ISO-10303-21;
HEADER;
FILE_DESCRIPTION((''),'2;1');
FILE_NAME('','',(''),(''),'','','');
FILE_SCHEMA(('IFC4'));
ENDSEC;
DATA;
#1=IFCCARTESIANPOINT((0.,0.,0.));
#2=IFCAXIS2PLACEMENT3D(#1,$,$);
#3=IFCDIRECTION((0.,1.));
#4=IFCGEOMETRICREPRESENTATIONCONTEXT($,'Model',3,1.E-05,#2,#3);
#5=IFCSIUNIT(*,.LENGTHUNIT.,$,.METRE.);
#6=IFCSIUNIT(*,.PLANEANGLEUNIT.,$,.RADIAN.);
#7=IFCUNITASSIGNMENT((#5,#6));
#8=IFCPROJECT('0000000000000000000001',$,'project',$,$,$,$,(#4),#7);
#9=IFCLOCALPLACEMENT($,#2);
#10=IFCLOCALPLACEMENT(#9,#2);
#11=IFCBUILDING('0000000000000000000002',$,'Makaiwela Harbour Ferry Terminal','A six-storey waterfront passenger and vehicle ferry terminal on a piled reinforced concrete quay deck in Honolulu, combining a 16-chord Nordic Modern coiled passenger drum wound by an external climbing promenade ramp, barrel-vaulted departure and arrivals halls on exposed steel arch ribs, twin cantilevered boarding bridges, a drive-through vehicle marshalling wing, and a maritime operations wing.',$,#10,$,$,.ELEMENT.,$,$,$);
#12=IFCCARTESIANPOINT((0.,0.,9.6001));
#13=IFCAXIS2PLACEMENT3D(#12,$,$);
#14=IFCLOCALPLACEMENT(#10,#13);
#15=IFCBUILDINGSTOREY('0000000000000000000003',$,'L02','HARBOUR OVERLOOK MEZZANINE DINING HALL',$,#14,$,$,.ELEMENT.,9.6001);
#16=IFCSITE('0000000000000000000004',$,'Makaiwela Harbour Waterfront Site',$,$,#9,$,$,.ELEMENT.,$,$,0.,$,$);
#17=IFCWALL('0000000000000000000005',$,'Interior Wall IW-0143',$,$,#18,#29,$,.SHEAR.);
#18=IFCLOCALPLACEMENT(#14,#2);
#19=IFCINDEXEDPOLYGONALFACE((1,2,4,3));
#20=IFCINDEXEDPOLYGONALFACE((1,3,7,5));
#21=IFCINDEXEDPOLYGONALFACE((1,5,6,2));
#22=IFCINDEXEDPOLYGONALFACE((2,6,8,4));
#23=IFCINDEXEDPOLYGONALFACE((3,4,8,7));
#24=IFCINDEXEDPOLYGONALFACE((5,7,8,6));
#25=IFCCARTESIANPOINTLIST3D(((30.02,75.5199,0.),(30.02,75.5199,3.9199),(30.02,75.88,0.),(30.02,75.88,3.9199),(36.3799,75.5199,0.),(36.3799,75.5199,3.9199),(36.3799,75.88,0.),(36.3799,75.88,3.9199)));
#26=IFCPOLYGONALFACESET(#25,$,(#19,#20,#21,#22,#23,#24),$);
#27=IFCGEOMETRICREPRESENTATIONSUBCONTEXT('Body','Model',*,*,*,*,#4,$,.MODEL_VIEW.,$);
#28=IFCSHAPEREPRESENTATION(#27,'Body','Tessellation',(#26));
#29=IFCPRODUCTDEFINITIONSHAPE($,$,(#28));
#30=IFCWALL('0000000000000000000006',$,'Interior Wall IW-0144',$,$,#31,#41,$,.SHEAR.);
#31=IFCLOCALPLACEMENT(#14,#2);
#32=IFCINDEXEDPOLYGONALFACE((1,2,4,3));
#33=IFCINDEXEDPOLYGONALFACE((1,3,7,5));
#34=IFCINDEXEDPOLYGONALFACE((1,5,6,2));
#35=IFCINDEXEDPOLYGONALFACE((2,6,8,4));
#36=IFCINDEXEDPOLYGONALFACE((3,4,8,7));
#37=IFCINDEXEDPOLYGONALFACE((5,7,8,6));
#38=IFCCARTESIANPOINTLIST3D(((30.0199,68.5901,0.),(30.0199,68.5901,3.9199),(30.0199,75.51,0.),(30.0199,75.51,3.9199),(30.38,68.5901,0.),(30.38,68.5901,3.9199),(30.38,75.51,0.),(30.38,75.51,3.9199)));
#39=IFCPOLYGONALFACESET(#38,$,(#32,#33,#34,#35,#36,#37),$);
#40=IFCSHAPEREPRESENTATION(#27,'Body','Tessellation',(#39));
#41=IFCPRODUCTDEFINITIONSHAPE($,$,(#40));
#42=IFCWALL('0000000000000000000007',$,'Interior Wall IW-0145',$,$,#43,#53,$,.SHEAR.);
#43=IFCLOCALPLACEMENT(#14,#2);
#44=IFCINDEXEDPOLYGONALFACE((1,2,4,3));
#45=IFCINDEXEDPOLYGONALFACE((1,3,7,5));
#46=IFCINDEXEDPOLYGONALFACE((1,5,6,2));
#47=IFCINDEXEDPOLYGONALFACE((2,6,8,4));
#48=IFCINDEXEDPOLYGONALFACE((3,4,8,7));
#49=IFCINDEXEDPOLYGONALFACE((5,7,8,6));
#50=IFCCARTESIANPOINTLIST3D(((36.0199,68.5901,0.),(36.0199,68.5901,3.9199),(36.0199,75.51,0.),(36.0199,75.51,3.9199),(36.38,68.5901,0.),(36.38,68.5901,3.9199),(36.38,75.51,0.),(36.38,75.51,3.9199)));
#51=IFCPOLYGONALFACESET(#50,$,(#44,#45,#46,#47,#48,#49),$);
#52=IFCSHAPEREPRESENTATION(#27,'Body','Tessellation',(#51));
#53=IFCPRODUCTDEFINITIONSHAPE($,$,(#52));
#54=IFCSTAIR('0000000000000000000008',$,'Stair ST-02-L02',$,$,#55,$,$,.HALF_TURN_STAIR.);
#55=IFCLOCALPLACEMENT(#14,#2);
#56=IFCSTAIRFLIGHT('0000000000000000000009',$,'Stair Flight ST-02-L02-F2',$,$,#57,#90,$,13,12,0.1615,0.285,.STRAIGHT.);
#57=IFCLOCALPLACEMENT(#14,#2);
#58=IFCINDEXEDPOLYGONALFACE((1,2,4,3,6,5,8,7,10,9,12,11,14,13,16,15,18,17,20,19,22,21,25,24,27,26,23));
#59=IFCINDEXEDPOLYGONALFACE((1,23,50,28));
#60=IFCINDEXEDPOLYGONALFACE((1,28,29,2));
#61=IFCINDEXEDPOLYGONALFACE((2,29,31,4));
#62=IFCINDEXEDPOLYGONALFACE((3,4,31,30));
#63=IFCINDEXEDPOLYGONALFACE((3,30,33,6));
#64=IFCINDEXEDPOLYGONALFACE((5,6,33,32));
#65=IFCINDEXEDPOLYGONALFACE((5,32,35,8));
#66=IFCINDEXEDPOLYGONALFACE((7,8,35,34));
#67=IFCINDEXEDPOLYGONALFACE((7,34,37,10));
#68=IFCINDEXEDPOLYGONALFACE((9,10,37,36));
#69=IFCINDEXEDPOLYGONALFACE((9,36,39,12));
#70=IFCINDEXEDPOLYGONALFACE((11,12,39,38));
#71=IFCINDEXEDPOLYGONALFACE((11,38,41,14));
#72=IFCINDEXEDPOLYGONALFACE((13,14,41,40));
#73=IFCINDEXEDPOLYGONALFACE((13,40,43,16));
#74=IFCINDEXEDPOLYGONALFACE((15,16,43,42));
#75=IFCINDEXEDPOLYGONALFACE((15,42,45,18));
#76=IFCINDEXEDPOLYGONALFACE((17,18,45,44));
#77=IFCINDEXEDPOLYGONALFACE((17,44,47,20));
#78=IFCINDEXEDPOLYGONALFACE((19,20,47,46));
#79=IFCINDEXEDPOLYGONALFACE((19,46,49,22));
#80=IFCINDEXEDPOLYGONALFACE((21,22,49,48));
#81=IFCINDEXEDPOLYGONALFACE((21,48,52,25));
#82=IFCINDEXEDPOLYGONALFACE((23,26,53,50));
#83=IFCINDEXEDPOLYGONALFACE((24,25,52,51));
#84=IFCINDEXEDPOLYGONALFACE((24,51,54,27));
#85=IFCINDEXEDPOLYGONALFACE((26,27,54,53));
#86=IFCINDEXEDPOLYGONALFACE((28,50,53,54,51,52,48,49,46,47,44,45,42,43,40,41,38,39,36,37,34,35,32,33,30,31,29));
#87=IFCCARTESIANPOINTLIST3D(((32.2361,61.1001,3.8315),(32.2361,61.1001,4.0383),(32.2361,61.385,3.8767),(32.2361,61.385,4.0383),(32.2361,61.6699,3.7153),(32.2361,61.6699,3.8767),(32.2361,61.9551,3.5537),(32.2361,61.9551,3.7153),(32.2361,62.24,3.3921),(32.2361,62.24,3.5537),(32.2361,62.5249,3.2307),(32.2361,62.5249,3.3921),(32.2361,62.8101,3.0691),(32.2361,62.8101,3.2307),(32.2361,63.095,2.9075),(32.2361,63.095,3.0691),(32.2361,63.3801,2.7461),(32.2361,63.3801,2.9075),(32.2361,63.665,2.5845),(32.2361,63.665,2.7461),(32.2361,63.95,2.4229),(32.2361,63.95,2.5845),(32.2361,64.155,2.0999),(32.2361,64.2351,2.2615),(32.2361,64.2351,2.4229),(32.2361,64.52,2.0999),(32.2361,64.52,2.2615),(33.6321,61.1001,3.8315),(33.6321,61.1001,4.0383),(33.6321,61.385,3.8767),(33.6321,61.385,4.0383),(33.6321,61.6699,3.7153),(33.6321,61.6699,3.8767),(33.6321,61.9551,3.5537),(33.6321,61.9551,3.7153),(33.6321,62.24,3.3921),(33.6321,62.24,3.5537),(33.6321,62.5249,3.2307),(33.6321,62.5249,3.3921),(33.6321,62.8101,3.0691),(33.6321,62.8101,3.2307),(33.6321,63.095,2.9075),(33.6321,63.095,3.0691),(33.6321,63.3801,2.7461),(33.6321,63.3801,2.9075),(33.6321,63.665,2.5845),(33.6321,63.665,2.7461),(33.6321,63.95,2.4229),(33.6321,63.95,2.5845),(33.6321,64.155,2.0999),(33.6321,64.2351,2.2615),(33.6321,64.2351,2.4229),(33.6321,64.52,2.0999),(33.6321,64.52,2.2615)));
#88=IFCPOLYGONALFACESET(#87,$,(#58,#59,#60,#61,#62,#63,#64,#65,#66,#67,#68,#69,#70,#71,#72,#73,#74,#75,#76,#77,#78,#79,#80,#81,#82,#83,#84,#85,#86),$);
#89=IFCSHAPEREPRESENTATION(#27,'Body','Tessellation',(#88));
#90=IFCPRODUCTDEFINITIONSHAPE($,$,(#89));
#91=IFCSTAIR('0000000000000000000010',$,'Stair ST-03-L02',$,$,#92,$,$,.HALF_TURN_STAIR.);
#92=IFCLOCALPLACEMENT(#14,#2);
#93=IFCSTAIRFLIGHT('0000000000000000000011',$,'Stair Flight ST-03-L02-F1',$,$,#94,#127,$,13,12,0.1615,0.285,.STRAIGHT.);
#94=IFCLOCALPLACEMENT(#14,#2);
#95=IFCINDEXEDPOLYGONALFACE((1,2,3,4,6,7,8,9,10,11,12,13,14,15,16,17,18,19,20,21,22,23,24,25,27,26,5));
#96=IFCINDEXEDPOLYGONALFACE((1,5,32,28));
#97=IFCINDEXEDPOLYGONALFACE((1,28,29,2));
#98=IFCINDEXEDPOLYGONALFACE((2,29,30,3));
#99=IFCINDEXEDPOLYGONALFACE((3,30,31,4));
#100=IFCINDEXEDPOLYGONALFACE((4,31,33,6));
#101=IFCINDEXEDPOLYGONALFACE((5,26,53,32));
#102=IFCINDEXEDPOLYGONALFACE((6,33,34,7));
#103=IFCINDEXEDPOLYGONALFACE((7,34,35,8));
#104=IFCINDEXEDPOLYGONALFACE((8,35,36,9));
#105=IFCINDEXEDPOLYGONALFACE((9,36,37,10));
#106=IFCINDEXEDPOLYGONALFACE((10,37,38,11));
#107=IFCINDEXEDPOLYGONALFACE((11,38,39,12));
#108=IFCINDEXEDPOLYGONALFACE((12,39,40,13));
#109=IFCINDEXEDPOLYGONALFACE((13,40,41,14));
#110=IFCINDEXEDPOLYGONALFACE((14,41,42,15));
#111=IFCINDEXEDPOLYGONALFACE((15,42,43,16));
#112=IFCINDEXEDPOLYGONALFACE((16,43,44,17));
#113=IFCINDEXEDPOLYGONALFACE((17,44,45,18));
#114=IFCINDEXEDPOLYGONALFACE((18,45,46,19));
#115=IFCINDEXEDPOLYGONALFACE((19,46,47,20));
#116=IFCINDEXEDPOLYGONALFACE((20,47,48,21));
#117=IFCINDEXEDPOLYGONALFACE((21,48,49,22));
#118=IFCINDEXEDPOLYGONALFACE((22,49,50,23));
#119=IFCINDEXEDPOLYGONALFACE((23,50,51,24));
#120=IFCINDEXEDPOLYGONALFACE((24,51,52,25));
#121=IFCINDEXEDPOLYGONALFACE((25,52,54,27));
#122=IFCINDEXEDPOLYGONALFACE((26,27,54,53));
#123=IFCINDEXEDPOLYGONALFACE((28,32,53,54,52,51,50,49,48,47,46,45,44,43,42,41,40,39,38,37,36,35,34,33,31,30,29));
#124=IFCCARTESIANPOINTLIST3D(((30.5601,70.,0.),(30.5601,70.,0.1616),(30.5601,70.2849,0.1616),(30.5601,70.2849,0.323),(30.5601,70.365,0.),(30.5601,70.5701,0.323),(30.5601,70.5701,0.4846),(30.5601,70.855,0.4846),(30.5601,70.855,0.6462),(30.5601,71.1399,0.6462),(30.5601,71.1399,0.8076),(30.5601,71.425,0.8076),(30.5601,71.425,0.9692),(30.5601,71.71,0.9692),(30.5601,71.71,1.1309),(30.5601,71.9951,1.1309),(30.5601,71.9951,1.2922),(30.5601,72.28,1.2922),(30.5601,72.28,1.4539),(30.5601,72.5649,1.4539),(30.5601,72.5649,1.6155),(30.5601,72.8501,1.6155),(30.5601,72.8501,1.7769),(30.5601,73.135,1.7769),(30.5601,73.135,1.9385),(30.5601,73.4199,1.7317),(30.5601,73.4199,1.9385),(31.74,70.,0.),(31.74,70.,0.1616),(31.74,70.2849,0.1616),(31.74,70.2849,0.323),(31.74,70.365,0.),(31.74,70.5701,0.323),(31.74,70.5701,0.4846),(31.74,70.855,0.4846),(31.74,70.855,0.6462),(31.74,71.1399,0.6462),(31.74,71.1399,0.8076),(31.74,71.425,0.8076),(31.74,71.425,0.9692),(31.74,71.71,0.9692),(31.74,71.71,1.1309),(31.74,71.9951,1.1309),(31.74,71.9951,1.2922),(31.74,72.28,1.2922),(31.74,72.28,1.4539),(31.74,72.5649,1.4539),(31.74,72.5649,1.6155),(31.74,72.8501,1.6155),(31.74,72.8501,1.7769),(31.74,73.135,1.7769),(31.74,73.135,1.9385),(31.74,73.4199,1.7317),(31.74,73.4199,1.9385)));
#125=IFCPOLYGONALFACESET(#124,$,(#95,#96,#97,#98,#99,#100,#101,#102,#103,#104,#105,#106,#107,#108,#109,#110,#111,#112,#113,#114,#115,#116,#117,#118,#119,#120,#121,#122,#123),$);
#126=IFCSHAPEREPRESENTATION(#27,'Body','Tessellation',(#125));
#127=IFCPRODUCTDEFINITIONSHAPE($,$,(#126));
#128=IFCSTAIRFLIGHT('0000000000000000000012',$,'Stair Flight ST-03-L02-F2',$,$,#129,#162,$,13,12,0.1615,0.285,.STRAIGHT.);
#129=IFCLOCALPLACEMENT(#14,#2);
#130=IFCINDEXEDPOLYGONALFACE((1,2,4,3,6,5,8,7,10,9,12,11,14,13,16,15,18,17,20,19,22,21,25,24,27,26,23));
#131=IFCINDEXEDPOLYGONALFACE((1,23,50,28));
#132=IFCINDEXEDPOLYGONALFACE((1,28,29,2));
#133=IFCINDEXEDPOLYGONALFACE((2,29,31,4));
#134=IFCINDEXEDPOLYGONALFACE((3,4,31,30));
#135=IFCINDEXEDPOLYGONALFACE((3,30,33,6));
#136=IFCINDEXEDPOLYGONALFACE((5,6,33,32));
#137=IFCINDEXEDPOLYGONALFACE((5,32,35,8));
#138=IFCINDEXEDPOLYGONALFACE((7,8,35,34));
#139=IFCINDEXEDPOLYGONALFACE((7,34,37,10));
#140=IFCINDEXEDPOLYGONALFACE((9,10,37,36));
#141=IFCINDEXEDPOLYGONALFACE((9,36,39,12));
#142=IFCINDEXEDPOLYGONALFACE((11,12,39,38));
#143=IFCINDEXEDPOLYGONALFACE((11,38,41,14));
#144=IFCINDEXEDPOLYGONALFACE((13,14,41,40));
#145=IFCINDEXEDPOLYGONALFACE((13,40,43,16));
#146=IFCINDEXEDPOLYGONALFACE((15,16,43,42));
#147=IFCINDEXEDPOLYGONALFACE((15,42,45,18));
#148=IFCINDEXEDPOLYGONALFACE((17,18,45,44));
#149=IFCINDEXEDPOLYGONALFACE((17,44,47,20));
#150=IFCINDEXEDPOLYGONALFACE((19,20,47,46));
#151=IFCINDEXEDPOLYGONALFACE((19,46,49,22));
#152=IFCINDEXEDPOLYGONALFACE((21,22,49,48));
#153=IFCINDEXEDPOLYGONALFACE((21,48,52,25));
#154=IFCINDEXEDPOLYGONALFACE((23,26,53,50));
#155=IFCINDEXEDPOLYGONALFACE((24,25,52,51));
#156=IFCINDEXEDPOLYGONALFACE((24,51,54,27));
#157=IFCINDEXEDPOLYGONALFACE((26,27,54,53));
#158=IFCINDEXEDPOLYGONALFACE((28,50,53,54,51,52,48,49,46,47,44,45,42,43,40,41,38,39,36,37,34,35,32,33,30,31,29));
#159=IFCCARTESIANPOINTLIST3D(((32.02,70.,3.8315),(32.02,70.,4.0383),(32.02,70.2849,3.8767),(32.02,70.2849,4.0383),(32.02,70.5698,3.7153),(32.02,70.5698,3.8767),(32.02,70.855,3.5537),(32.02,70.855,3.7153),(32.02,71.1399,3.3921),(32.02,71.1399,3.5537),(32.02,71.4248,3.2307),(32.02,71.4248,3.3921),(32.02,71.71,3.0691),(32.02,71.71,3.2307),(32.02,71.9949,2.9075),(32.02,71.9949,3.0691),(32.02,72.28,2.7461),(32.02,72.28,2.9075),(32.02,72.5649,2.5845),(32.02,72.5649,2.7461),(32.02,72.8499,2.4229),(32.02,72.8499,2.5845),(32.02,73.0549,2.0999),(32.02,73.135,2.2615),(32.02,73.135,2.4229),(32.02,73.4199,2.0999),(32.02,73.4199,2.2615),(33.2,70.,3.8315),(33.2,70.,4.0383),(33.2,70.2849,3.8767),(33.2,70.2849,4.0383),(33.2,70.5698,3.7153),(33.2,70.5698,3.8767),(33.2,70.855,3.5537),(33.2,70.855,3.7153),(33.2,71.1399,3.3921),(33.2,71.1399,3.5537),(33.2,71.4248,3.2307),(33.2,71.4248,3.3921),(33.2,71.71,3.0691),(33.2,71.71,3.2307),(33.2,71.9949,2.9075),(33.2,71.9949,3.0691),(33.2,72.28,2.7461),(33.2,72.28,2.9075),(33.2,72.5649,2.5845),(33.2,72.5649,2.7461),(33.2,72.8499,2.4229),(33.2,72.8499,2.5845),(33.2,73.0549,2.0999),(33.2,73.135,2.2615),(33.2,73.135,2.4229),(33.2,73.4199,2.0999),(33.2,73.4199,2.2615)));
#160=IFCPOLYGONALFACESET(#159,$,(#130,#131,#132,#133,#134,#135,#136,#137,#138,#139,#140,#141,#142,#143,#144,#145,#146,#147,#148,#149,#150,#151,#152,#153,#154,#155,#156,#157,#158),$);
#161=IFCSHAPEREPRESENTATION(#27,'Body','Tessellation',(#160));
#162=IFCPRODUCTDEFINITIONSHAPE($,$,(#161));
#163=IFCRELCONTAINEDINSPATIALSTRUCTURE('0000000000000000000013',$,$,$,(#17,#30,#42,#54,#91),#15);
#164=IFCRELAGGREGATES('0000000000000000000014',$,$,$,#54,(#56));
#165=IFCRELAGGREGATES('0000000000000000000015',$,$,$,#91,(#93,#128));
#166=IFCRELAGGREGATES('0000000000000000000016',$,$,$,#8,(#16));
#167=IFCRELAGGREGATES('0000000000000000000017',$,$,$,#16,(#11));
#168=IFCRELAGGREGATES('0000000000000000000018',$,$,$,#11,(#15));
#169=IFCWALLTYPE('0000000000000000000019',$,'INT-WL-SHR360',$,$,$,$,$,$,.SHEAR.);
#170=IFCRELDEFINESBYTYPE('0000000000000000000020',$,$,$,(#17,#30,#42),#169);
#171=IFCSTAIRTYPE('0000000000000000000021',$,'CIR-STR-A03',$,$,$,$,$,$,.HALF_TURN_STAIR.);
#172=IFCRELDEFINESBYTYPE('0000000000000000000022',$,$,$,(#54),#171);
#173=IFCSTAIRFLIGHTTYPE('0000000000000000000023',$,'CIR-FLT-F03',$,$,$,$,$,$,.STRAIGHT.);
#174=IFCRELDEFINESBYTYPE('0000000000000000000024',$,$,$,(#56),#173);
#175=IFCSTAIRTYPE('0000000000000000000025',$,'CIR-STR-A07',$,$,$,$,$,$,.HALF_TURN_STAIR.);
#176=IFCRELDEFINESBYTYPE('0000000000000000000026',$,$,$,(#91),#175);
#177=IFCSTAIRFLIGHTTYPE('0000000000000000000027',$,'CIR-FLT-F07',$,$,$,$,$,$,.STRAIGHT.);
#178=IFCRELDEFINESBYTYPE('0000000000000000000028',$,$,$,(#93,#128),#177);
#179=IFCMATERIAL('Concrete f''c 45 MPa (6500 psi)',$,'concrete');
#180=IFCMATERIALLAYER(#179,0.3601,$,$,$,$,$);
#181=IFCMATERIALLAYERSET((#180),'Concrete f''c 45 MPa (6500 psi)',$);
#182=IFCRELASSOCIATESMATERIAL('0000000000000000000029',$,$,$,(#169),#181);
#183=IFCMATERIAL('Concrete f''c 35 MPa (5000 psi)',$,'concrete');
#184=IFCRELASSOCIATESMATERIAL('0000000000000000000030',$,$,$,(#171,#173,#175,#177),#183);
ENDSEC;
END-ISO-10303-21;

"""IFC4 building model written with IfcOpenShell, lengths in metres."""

from ifc_helpers import new_model, si_unit, direction, frame, frame_2d, origin, place, context, subcontext, project, spatial, polyline, rectangle, outline, extrude, material, layer, layer_set, type_object, element, aggregate, save


model = new_model("IFC4")

# Units and contexts
model_context = context("Model", 3, precision=1e-05, world=origin(), true_north=direction((0.0, 1.0)))
body_context = subcontext(model_context, "Body", "Model", "MODEL_VIEW")
ifc_project = project(units=[si_unit("LENGTHUNIT", "METRE"), si_unit("PLANEANGLEUNIT", "RADIAN")], contexts=[model_context])

# Site, building, storey
site_placement = place(None, origin())
site = spatial("IfcSite", under=ifc_project, at=site_placement, Name="Makaiwela Harbour Waterfront Site", CompositionType="ELEMENT", RefElevation=0.0)
building_placement = place(site_placement, origin())
building = spatial("IfcBuilding", under=site, at=building_placement, Name="Makaiwela Harbour Ferry Terminal", Description="A six-storey waterfront passenger and vehicle ferry terminal on a piled reinforced concrete quay deck in Honolulu, combining a 16-chord Nordic Modern coiled passenger drum wound by an external climbing promenade ramp, barrel-vaulted departure and arrivals halls on exposed steel arch ribs, twin cantilevered boarding bridges, a drive-through vehicle marshalling wing, and a maritime operations wing.", CompositionType="ELEMENT")
storey_placement = place(building_placement, frame((0.0, 0.0, 9.6001)))
storey = spatial("IfcBuildingStorey", under=building, at=storey_placement, Name="L02", Description="HARBOUR OVERLOOK MEZZANINE DINING HALL", CompositionType="ELEMENT", Elevation=9.6001)

# Shared definitions
ifc_material_1 = material(Name="Concrete f'c 45 MPa (6500 psi)", Category="concrete")

# Shared definitions
ifc_layer_1 = layer(ifc_material_1, 0.3601)
ifc_layer_set_1 = layer_set([ifc_layer_1], Name="Concrete f'c 45 MPa (6500 psi)")
wall_type_1 = type_object("IfcWallType", Name="INT-WL-SHR360", PredefinedType="SHEAR", material=ifc_layer_set_1)

# Walls
wall_1_placement = place(storey_placement, frame((30.02, 75.7, 0.0), z_axis=(0.0, 0.0, 1.0), x_axis=(1.0, 0.0, 0.0)))
element("IfcWall", 1, at=wall_1_placement, inside=storey, type_object=wall_type_1, Name="Interior Wall IW-0143", PredefinedType="SHEAR", context=body_context, shape_type="SweptSolid", body=[
    extrude(rectangle(XDim=6.3599, YDim=0.3601, at=frame_2d((3.1799, 0.0))), origin(), (0.0, 0.0, 1.0), 3.9199),
])
for number, where, z_axis, x_axis, name in (
    (2, (30.2, 68.5901, 0.0), (0.0, 0.0, 1.0), (0.0, 1.0, 0.0), "Interior Wall IW-0144"),
    (3, (36.2, 68.5901, 0.0), (0.0, 0.0, 1.0), (0.0, 1.0, 0.0), "Interior Wall IW-0145"),
):
    element("IfcWall", number, at=place(storey_placement, frame(where, z_axis=z_axis, x_axis=x_axis)), inside=storey, type_object=wall_type_1, Name=name, PredefinedType="SHEAR", context=body_context, shape_type="SweptSolid", body=[
        extrude(rectangle(XDim=6.9199, YDim=0.3601, at=frame_2d((3.46, 0.0))), origin(), (0.0, 0.0, 1.0), 3.9199),
    ])

# Stair, stair flight
ifc_material_2 = material(Name="Concrete f'c 35 MPa (5000 psi)", Category="concrete")
stair_type_1 = type_object("IfcStairType", Name="CIR-STR-A03", PredefinedType="HALF_TURN_STAIR", material=ifc_material_2)
stair_1_placement = place(storey_placement, origin())
stair_1 = element("IfcStair", 4, at=stair_1_placement, inside=storey, type_object=stair_type_1, Name="Stair ST-02-L02", PredefinedType="HALF_TURN_STAIR")
stair_flight_type_1 = type_object("IfcStairFlightType", Name="CIR-FLT-F03", PredefinedType="STRAIGHT", material=ifc_material_2)
stair_flight_1_placement = place(storey_placement, frame((32.9341, 64.52, 2.0999), z_axis=(0.0, 0.0, 1.0), x_axis=(0.0, -1.0, 0.0)))
stair_flight_1 = element("IfcStairFlight", 5, at=stair_flight_1_placement, type_object=stair_flight_type_1, Name="Stair Flight ST-02-L02-F2", NumberOfRisers=13, NumberOfTreads=12, PredefinedType="STRAIGHT", RiserHeight=0.1615, TreadLength=0.285, context=body_context, shape_type="SweptSolid", body=[
    extrude(outline(polyline([(0.0, 0.0), (0.0, 0.1616), (0.2849, 0.1616), (0.2849, 0.323), (0.5701, 0.323), (0.5701, 0.4846), (0.855, 0.4846), (0.855, 0.6462), (1.1399, 0.6462), (1.1399, 0.8076), (1.425, 0.8076), (1.425, 0.9692), (1.71, 0.9692), (1.71, 1.1309), (1.9951, 1.1309), (1.9951, 1.2922), (2.28, 1.2922), (2.28, 1.4539), (2.5649, 1.4539), (2.5649, 1.6155), (2.8501, 1.6155), (2.8501, 1.7769), (3.135, 1.7769), (3.135, 1.9385), (3.4199, 1.9385), (3.4199, 2.1001), (3.4199, 1.7317), (0.365, 0.0), (0.0, 0.0)])), frame((0.0, 0.698, 0.0), z_axis=(0.0, -1.0, 0.0), x_axis=(1.0, 0.0, 0.0)), (0.0, 0.0, 1.0), 1.396),
])
aggregate(stair_1, [stair_flight_1])

# Stair, stair flights
stair_type_2 = type_object("IfcStairType", Name="CIR-STR-A07", PredefinedType="HALF_TURN_STAIR", material=ifc_material_2)
stair_2_placement = place(storey_placement, origin())
stair_2 = element("IfcStair", 6, at=stair_2_placement, inside=storey, type_object=stair_type_2, Name="Stair ST-03-L02", PredefinedType="HALF_TURN_STAIR")
stair_flight_type_2 = type_object("IfcStairFlightType", Name="CIR-FLT-F07", PredefinedType="STRAIGHT", material=ifc_material_2)
stair_flight_2_placement = place(storey_placement, frame((31.1499, 70.0, 0.0), z_axis=(0.0, 0.0, 1.0), x_axis=(0.0, 1.0, 0.0)))
stair_flight_2 = element("IfcStairFlight", 7, at=stair_flight_2_placement, type_object=stair_flight_type_2, Name="Stair Flight ST-03-L02-F1", NumberOfRisers=13, NumberOfTreads=12, PredefinedType="STRAIGHT", RiserHeight=0.1615, TreadLength=0.285, context=body_context, shape_type="SweptSolid", body=[
    extrude(outline(polyline([(0.0, 0.0), (0.0, 0.1616), (0.2849, 0.1616), (0.2849, 0.323), (0.5701, 0.323), (0.5701, 0.4846), (0.855, 0.4846), (0.855, 0.6462), (1.1399, 0.6462), (1.1399, 0.8076), (1.425, 0.8076), (1.425, 0.9692), (1.71, 0.9692), (1.71, 1.1309), (1.9951, 1.1309), (1.9951, 1.2922), (2.28, 1.2922), (2.28, 1.4539), (2.5649, 1.4539), (2.5649, 1.6155), (2.8501, 1.6155), (2.8501, 1.7769), (3.135, 1.7769), (3.135, 1.9385), (3.4199, 1.9385), (3.4199, 2.1001), (3.4199, 1.7317), (0.365, 0.0), (0.0, 0.0)])), frame((0.0, 0.5898, 0.0), z_axis=(0.0, -1.0, 0.0), x_axis=(1.0, 0.0, 0.0)), (0.0, 0.0, 1.0), 1.1799),
])
stair_flight_3_placement = place(storey_placement, frame((32.6101, 73.4199, 2.0999), z_axis=(0.0, 0.0, 1.0), x_axis=(0.0, -1.0, 0.0)))
stair_flight_3 = element("IfcStairFlight", 8, at=stair_flight_3_placement, type_object=stair_flight_type_2, Name="Stair Flight ST-03-L02-F2", NumberOfRisers=13, NumberOfTreads=12, PredefinedType="STRAIGHT", RiserHeight=0.1615, TreadLength=0.285, context=body_context, shape_type="SweptSolid", body=[
    extrude(outline(polyline([(0.0, 0.0), (0.0, 0.1616), (0.2849, 0.1616), (0.2849, 0.323), (0.5701, 0.323), (0.5701, 0.4846), (0.855, 0.4846), (0.855, 0.6462), (1.1399, 0.6462), (1.1399, 0.8076), (1.425, 0.8076), (1.425, 0.9692), (1.71, 0.9692), (1.71, 1.1309), (1.9951, 1.1309), (1.9951, 1.2922), (2.28, 1.2922), (2.28, 1.4539), (2.5649, 1.4539), (2.5649, 1.6155), (2.8501, 1.6155), (2.8501, 1.7769), (3.135, 1.7769), (3.135, 1.9385), (3.4199, 1.9385), (3.4199, 2.1001), (3.4199, 1.7317), (0.365, 0.0), (0.0, 0.0)])), frame((0.0, 0.5898, 0.0), z_axis=(0.0, -1.0, 0.0), x_axis=(1.0, 0.0, 0.0)), (0.0, 0.0, 1.0), 1.1799),
])
aggregate(stair_2, [stair_flight_2, stair_flight_3])

save(model, "model.ifc")
